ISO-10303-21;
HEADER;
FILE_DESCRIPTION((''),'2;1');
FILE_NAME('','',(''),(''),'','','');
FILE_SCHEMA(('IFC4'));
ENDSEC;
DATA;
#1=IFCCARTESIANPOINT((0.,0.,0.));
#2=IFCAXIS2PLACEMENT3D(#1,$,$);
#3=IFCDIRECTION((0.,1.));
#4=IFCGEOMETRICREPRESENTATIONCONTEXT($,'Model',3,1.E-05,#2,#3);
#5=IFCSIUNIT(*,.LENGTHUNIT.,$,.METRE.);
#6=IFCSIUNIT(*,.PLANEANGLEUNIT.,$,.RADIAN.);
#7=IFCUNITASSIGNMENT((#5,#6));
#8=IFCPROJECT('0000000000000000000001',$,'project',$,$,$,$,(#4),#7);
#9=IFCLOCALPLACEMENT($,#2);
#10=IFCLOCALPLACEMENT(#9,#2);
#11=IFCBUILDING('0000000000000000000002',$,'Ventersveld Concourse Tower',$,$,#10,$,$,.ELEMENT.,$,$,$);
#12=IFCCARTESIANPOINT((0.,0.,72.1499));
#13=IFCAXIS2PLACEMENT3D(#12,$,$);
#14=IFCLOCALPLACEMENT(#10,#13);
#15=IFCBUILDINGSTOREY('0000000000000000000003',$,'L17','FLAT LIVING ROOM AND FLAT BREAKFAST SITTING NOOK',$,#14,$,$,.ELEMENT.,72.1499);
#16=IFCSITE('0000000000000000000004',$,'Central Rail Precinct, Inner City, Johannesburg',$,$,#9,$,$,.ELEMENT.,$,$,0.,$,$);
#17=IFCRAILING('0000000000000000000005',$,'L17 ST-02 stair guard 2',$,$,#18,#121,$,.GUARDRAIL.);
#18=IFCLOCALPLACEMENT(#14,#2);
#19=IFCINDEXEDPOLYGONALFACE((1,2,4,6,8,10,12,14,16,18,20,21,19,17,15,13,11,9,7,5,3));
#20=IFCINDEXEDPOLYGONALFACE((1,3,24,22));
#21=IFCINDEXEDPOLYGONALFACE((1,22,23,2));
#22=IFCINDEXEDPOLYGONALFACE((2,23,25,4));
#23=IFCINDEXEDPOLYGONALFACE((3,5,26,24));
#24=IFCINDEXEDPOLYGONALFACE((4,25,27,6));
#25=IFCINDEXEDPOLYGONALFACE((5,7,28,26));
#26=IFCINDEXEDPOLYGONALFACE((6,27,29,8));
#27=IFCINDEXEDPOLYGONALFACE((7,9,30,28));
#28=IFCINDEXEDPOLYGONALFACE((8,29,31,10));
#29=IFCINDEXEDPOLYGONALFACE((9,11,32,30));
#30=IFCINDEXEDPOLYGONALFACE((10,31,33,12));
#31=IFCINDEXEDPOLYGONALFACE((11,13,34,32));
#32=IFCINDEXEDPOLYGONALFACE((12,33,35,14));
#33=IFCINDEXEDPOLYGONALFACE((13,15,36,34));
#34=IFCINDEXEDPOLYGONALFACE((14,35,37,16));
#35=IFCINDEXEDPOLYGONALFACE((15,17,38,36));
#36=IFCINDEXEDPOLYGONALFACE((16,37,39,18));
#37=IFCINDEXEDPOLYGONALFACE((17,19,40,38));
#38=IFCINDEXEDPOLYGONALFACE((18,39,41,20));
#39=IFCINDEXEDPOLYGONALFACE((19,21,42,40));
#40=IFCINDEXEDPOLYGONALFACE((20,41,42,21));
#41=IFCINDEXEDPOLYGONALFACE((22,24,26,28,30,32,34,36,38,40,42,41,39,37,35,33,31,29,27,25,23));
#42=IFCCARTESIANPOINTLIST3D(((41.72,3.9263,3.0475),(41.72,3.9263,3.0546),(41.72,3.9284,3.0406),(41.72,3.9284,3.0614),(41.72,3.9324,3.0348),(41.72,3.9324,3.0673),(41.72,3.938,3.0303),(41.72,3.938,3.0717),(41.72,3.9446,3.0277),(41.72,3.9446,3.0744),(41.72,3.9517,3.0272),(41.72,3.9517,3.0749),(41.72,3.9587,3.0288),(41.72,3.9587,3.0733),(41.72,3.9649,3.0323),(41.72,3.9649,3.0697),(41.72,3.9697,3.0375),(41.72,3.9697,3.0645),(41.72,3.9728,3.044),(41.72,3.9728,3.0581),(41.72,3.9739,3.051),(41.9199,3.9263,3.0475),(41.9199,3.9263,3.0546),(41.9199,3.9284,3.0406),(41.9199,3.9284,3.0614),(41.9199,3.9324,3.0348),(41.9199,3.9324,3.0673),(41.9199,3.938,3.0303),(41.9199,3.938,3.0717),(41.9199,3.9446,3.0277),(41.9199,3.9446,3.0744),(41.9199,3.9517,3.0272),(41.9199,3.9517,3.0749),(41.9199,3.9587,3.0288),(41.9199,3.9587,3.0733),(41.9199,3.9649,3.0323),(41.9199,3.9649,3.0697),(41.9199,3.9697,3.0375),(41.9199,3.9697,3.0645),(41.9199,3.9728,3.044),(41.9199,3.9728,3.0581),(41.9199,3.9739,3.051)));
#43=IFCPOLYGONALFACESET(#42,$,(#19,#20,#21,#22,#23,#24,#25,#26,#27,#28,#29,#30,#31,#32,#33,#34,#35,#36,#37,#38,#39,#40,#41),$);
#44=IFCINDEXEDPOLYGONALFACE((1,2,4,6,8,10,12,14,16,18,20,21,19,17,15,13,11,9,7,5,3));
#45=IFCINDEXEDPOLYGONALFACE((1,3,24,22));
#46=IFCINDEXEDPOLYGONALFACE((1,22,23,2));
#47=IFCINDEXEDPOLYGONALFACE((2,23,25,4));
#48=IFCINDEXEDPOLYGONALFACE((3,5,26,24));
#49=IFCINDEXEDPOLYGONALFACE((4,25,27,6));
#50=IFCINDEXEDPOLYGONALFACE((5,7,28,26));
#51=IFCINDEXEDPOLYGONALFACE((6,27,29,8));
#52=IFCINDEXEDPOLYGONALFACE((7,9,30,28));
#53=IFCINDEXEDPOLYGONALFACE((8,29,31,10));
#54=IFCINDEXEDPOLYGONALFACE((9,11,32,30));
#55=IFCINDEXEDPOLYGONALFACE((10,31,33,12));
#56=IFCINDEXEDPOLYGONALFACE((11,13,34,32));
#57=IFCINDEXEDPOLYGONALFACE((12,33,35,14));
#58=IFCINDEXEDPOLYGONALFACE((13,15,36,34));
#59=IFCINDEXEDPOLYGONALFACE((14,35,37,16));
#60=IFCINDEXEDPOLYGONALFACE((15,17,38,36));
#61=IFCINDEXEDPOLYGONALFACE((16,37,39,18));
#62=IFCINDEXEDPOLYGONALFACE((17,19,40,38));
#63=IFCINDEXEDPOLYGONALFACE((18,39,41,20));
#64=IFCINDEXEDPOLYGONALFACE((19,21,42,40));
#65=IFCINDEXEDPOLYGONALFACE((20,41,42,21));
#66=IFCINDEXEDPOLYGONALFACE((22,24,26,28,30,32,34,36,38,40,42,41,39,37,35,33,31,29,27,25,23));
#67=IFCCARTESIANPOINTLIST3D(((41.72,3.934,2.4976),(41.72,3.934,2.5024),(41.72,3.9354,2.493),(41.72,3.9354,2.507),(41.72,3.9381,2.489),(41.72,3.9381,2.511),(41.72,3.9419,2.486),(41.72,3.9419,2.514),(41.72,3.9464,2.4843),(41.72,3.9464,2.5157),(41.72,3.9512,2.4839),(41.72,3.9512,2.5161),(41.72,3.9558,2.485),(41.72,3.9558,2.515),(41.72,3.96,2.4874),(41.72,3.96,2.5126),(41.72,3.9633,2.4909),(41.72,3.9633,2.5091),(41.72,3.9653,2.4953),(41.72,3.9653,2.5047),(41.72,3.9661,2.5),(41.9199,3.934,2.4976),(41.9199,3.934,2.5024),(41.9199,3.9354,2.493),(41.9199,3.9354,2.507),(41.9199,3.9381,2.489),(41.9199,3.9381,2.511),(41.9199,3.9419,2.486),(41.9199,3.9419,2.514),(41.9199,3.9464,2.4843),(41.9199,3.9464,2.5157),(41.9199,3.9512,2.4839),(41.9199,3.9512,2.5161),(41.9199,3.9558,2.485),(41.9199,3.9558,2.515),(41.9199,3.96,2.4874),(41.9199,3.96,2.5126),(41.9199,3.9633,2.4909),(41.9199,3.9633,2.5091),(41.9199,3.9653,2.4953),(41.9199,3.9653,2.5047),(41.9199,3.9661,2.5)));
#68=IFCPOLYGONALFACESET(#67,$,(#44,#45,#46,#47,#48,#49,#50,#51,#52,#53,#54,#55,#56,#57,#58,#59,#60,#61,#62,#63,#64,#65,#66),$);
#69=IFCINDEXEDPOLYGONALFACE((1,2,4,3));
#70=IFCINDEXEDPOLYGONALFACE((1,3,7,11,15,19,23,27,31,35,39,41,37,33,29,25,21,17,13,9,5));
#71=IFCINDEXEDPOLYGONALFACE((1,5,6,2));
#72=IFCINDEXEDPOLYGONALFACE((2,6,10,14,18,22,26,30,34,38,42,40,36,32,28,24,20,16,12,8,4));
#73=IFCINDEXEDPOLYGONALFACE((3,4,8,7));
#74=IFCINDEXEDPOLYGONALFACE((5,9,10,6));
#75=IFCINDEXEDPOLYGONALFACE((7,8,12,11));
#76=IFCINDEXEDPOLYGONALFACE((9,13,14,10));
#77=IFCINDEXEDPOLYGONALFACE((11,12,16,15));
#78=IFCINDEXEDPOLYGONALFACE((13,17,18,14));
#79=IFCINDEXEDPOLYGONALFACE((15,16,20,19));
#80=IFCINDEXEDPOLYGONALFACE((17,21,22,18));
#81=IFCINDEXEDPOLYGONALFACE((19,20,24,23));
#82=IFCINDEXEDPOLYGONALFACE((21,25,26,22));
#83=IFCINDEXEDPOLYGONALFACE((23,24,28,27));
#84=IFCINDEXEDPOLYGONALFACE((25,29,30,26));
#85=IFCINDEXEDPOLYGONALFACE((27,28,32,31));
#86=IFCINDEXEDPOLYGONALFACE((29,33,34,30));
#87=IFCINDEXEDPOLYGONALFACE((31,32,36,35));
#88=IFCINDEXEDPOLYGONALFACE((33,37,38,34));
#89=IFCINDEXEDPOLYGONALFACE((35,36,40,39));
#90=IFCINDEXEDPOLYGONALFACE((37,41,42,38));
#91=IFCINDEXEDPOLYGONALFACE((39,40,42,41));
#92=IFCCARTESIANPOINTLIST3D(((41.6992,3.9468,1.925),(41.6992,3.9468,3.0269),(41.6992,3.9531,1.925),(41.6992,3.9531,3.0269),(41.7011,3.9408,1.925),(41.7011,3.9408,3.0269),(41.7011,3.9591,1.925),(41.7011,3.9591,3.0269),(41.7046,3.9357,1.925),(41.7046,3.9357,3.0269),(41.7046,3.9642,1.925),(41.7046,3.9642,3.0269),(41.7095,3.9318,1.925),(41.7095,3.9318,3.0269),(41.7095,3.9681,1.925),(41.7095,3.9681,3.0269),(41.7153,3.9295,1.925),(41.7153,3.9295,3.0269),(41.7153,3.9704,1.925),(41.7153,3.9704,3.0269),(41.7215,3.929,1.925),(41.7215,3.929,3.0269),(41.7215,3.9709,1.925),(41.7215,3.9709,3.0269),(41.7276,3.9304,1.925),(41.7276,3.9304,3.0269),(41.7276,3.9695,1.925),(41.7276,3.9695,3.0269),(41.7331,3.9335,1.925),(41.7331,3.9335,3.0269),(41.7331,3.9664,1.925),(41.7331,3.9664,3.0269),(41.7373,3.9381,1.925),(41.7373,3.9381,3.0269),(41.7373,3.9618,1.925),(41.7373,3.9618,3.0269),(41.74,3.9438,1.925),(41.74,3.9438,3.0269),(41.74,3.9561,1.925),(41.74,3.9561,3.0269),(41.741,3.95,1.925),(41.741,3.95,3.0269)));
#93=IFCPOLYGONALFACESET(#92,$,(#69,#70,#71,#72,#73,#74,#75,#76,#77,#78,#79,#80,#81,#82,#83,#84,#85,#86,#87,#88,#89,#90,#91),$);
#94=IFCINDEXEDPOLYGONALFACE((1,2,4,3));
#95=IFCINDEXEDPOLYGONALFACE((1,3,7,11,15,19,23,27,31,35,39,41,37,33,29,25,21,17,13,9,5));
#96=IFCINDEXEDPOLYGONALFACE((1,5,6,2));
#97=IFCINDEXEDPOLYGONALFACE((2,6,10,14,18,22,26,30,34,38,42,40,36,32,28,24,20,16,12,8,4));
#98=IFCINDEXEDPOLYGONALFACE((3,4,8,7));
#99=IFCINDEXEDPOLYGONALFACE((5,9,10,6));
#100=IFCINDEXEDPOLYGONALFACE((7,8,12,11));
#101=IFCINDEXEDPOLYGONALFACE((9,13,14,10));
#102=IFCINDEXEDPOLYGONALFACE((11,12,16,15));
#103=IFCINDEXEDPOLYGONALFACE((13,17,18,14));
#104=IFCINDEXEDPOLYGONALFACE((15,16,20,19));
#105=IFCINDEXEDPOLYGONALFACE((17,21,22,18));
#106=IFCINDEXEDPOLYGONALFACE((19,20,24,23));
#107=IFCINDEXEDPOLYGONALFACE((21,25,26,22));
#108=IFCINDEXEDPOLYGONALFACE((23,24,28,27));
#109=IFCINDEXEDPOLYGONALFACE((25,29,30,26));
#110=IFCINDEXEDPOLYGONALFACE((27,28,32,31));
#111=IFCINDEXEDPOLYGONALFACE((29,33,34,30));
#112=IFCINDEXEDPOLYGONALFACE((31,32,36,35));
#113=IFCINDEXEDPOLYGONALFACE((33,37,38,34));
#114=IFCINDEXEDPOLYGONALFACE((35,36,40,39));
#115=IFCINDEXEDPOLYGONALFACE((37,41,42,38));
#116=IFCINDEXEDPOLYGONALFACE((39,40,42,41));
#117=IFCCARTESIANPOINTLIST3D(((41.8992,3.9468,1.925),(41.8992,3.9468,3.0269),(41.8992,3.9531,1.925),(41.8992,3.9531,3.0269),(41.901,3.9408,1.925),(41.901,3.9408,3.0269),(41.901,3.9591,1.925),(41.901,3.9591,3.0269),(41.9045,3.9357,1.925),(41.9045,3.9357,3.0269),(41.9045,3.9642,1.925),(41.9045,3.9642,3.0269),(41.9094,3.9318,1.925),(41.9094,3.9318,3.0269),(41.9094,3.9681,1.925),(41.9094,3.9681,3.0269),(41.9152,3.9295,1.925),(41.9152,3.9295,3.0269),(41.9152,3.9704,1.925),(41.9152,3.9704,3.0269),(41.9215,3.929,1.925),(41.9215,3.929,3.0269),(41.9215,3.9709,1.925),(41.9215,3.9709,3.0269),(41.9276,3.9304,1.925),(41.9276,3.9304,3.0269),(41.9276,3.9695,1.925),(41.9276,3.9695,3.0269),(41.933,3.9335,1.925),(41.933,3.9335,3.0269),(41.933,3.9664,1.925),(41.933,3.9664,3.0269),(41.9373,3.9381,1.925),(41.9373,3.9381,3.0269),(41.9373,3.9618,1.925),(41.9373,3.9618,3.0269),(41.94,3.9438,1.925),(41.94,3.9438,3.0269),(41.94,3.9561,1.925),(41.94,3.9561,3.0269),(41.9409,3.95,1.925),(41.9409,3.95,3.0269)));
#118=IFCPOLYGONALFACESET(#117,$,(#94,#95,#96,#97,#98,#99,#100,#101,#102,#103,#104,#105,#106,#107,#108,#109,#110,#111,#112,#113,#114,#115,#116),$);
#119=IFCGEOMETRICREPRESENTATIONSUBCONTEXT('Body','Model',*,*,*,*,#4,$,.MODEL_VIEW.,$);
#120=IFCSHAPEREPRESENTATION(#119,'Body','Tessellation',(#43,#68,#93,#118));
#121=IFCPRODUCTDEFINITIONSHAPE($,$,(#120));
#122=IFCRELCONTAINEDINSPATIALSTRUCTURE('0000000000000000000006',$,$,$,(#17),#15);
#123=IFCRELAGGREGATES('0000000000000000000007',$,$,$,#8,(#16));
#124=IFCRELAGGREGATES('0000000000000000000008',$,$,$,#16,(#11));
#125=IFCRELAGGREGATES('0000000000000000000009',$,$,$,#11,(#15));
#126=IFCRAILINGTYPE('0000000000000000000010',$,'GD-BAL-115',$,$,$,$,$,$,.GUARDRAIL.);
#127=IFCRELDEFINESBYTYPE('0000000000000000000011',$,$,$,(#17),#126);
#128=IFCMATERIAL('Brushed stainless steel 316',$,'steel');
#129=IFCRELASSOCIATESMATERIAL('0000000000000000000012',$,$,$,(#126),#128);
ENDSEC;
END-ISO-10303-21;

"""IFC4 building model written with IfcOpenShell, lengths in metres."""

from ifc_helpers import new_model, si_unit, direction, frame, origin, origin_2d, place, context, subcontext, project, spatial, circle, extrude, material, type_object, element, save


model = new_model("IFC4")

# Units and contexts
model_context = context("Model", 3, precision=1e-05, world=origin(), true_north=direction((0.0, 1.0)))
body_context = subcontext(model_context, "Body", "Model", "MODEL_VIEW")
ifc_project = project(units=[si_unit("LENGTHUNIT", "METRE"), si_unit("PLANEANGLEUNIT", "RADIAN")], contexts=[model_context])

# Site, building, storey
site_placement = place(None, origin())
site = spatial("IfcSite", under=ifc_project, at=site_placement, Name="Central Rail Precinct, Inner City, Johannesburg", CompositionType="ELEMENT", RefElevation=0.0)
building_placement = place(site_placement, origin())
building = spatial("IfcBuilding", under=site, at=building_placement, Name="Ventersveld Concourse Tower", CompositionType="ELEMENT")
storey_placement = place(building_placement, frame((0.0, 0.0, 72.1499)))
storey = spatial("IfcBuildingStorey", under=building, at=storey_placement, Name="L17", Description="FLAT LIVING ROOM AND FLAT BREAKFAST SITTING NOOK", CompositionType="ELEMENT", Elevation=72.1499)

# Railing
ifc_material_1 = material(Name="Brushed stainless steel 316", Category="steel")
railing_type_1 = type_object("IfcRailingType", Name="GD-BAL-115", PredefinedType="GUARDRAIL", material=ifc_material_1)
railing_1_placement = place(storey_placement, frame((41.72, 3.95, 1.925)))
element("IfcRailing", 1, at=railing_1_placement, inside=storey, type_object=railing_type_1, Name="L17 ST-02 stair guard 2", PredefinedType="GUARDRAIL", context=body_context, shape_type="SweptSolid", body=[
    extrude(circle(Radius=0.0239, at=origin_2d()), frame((0.0, 0.0, 1.126), z_axis=(1.0, 0.0, 0.0), x_axis=(0.0, 1.0, 0.0)), (0.0, 0.0, 1.0), 0.2),
    extrude(circle(Radius=0.0161, at=origin_2d()), frame((0.0, 0.0, 0.575), z_axis=(1.0, 0.0, 0.0), x_axis=(0.0, 1.0, 0.0)), (0.0, 0.0, 1.0), 0.2),
    extrude(circle(Radius=0.021, at=origin_2d()), origin(), (0.0, 0.0, 1.0), 1.1018),
    extrude(circle(Radius=0.021, at=origin_2d()), frame((0.2, 0.0, 0.0)), (0.0, 0.0, 1.0), 1.1018),
])

save(model, "model.ifc")
